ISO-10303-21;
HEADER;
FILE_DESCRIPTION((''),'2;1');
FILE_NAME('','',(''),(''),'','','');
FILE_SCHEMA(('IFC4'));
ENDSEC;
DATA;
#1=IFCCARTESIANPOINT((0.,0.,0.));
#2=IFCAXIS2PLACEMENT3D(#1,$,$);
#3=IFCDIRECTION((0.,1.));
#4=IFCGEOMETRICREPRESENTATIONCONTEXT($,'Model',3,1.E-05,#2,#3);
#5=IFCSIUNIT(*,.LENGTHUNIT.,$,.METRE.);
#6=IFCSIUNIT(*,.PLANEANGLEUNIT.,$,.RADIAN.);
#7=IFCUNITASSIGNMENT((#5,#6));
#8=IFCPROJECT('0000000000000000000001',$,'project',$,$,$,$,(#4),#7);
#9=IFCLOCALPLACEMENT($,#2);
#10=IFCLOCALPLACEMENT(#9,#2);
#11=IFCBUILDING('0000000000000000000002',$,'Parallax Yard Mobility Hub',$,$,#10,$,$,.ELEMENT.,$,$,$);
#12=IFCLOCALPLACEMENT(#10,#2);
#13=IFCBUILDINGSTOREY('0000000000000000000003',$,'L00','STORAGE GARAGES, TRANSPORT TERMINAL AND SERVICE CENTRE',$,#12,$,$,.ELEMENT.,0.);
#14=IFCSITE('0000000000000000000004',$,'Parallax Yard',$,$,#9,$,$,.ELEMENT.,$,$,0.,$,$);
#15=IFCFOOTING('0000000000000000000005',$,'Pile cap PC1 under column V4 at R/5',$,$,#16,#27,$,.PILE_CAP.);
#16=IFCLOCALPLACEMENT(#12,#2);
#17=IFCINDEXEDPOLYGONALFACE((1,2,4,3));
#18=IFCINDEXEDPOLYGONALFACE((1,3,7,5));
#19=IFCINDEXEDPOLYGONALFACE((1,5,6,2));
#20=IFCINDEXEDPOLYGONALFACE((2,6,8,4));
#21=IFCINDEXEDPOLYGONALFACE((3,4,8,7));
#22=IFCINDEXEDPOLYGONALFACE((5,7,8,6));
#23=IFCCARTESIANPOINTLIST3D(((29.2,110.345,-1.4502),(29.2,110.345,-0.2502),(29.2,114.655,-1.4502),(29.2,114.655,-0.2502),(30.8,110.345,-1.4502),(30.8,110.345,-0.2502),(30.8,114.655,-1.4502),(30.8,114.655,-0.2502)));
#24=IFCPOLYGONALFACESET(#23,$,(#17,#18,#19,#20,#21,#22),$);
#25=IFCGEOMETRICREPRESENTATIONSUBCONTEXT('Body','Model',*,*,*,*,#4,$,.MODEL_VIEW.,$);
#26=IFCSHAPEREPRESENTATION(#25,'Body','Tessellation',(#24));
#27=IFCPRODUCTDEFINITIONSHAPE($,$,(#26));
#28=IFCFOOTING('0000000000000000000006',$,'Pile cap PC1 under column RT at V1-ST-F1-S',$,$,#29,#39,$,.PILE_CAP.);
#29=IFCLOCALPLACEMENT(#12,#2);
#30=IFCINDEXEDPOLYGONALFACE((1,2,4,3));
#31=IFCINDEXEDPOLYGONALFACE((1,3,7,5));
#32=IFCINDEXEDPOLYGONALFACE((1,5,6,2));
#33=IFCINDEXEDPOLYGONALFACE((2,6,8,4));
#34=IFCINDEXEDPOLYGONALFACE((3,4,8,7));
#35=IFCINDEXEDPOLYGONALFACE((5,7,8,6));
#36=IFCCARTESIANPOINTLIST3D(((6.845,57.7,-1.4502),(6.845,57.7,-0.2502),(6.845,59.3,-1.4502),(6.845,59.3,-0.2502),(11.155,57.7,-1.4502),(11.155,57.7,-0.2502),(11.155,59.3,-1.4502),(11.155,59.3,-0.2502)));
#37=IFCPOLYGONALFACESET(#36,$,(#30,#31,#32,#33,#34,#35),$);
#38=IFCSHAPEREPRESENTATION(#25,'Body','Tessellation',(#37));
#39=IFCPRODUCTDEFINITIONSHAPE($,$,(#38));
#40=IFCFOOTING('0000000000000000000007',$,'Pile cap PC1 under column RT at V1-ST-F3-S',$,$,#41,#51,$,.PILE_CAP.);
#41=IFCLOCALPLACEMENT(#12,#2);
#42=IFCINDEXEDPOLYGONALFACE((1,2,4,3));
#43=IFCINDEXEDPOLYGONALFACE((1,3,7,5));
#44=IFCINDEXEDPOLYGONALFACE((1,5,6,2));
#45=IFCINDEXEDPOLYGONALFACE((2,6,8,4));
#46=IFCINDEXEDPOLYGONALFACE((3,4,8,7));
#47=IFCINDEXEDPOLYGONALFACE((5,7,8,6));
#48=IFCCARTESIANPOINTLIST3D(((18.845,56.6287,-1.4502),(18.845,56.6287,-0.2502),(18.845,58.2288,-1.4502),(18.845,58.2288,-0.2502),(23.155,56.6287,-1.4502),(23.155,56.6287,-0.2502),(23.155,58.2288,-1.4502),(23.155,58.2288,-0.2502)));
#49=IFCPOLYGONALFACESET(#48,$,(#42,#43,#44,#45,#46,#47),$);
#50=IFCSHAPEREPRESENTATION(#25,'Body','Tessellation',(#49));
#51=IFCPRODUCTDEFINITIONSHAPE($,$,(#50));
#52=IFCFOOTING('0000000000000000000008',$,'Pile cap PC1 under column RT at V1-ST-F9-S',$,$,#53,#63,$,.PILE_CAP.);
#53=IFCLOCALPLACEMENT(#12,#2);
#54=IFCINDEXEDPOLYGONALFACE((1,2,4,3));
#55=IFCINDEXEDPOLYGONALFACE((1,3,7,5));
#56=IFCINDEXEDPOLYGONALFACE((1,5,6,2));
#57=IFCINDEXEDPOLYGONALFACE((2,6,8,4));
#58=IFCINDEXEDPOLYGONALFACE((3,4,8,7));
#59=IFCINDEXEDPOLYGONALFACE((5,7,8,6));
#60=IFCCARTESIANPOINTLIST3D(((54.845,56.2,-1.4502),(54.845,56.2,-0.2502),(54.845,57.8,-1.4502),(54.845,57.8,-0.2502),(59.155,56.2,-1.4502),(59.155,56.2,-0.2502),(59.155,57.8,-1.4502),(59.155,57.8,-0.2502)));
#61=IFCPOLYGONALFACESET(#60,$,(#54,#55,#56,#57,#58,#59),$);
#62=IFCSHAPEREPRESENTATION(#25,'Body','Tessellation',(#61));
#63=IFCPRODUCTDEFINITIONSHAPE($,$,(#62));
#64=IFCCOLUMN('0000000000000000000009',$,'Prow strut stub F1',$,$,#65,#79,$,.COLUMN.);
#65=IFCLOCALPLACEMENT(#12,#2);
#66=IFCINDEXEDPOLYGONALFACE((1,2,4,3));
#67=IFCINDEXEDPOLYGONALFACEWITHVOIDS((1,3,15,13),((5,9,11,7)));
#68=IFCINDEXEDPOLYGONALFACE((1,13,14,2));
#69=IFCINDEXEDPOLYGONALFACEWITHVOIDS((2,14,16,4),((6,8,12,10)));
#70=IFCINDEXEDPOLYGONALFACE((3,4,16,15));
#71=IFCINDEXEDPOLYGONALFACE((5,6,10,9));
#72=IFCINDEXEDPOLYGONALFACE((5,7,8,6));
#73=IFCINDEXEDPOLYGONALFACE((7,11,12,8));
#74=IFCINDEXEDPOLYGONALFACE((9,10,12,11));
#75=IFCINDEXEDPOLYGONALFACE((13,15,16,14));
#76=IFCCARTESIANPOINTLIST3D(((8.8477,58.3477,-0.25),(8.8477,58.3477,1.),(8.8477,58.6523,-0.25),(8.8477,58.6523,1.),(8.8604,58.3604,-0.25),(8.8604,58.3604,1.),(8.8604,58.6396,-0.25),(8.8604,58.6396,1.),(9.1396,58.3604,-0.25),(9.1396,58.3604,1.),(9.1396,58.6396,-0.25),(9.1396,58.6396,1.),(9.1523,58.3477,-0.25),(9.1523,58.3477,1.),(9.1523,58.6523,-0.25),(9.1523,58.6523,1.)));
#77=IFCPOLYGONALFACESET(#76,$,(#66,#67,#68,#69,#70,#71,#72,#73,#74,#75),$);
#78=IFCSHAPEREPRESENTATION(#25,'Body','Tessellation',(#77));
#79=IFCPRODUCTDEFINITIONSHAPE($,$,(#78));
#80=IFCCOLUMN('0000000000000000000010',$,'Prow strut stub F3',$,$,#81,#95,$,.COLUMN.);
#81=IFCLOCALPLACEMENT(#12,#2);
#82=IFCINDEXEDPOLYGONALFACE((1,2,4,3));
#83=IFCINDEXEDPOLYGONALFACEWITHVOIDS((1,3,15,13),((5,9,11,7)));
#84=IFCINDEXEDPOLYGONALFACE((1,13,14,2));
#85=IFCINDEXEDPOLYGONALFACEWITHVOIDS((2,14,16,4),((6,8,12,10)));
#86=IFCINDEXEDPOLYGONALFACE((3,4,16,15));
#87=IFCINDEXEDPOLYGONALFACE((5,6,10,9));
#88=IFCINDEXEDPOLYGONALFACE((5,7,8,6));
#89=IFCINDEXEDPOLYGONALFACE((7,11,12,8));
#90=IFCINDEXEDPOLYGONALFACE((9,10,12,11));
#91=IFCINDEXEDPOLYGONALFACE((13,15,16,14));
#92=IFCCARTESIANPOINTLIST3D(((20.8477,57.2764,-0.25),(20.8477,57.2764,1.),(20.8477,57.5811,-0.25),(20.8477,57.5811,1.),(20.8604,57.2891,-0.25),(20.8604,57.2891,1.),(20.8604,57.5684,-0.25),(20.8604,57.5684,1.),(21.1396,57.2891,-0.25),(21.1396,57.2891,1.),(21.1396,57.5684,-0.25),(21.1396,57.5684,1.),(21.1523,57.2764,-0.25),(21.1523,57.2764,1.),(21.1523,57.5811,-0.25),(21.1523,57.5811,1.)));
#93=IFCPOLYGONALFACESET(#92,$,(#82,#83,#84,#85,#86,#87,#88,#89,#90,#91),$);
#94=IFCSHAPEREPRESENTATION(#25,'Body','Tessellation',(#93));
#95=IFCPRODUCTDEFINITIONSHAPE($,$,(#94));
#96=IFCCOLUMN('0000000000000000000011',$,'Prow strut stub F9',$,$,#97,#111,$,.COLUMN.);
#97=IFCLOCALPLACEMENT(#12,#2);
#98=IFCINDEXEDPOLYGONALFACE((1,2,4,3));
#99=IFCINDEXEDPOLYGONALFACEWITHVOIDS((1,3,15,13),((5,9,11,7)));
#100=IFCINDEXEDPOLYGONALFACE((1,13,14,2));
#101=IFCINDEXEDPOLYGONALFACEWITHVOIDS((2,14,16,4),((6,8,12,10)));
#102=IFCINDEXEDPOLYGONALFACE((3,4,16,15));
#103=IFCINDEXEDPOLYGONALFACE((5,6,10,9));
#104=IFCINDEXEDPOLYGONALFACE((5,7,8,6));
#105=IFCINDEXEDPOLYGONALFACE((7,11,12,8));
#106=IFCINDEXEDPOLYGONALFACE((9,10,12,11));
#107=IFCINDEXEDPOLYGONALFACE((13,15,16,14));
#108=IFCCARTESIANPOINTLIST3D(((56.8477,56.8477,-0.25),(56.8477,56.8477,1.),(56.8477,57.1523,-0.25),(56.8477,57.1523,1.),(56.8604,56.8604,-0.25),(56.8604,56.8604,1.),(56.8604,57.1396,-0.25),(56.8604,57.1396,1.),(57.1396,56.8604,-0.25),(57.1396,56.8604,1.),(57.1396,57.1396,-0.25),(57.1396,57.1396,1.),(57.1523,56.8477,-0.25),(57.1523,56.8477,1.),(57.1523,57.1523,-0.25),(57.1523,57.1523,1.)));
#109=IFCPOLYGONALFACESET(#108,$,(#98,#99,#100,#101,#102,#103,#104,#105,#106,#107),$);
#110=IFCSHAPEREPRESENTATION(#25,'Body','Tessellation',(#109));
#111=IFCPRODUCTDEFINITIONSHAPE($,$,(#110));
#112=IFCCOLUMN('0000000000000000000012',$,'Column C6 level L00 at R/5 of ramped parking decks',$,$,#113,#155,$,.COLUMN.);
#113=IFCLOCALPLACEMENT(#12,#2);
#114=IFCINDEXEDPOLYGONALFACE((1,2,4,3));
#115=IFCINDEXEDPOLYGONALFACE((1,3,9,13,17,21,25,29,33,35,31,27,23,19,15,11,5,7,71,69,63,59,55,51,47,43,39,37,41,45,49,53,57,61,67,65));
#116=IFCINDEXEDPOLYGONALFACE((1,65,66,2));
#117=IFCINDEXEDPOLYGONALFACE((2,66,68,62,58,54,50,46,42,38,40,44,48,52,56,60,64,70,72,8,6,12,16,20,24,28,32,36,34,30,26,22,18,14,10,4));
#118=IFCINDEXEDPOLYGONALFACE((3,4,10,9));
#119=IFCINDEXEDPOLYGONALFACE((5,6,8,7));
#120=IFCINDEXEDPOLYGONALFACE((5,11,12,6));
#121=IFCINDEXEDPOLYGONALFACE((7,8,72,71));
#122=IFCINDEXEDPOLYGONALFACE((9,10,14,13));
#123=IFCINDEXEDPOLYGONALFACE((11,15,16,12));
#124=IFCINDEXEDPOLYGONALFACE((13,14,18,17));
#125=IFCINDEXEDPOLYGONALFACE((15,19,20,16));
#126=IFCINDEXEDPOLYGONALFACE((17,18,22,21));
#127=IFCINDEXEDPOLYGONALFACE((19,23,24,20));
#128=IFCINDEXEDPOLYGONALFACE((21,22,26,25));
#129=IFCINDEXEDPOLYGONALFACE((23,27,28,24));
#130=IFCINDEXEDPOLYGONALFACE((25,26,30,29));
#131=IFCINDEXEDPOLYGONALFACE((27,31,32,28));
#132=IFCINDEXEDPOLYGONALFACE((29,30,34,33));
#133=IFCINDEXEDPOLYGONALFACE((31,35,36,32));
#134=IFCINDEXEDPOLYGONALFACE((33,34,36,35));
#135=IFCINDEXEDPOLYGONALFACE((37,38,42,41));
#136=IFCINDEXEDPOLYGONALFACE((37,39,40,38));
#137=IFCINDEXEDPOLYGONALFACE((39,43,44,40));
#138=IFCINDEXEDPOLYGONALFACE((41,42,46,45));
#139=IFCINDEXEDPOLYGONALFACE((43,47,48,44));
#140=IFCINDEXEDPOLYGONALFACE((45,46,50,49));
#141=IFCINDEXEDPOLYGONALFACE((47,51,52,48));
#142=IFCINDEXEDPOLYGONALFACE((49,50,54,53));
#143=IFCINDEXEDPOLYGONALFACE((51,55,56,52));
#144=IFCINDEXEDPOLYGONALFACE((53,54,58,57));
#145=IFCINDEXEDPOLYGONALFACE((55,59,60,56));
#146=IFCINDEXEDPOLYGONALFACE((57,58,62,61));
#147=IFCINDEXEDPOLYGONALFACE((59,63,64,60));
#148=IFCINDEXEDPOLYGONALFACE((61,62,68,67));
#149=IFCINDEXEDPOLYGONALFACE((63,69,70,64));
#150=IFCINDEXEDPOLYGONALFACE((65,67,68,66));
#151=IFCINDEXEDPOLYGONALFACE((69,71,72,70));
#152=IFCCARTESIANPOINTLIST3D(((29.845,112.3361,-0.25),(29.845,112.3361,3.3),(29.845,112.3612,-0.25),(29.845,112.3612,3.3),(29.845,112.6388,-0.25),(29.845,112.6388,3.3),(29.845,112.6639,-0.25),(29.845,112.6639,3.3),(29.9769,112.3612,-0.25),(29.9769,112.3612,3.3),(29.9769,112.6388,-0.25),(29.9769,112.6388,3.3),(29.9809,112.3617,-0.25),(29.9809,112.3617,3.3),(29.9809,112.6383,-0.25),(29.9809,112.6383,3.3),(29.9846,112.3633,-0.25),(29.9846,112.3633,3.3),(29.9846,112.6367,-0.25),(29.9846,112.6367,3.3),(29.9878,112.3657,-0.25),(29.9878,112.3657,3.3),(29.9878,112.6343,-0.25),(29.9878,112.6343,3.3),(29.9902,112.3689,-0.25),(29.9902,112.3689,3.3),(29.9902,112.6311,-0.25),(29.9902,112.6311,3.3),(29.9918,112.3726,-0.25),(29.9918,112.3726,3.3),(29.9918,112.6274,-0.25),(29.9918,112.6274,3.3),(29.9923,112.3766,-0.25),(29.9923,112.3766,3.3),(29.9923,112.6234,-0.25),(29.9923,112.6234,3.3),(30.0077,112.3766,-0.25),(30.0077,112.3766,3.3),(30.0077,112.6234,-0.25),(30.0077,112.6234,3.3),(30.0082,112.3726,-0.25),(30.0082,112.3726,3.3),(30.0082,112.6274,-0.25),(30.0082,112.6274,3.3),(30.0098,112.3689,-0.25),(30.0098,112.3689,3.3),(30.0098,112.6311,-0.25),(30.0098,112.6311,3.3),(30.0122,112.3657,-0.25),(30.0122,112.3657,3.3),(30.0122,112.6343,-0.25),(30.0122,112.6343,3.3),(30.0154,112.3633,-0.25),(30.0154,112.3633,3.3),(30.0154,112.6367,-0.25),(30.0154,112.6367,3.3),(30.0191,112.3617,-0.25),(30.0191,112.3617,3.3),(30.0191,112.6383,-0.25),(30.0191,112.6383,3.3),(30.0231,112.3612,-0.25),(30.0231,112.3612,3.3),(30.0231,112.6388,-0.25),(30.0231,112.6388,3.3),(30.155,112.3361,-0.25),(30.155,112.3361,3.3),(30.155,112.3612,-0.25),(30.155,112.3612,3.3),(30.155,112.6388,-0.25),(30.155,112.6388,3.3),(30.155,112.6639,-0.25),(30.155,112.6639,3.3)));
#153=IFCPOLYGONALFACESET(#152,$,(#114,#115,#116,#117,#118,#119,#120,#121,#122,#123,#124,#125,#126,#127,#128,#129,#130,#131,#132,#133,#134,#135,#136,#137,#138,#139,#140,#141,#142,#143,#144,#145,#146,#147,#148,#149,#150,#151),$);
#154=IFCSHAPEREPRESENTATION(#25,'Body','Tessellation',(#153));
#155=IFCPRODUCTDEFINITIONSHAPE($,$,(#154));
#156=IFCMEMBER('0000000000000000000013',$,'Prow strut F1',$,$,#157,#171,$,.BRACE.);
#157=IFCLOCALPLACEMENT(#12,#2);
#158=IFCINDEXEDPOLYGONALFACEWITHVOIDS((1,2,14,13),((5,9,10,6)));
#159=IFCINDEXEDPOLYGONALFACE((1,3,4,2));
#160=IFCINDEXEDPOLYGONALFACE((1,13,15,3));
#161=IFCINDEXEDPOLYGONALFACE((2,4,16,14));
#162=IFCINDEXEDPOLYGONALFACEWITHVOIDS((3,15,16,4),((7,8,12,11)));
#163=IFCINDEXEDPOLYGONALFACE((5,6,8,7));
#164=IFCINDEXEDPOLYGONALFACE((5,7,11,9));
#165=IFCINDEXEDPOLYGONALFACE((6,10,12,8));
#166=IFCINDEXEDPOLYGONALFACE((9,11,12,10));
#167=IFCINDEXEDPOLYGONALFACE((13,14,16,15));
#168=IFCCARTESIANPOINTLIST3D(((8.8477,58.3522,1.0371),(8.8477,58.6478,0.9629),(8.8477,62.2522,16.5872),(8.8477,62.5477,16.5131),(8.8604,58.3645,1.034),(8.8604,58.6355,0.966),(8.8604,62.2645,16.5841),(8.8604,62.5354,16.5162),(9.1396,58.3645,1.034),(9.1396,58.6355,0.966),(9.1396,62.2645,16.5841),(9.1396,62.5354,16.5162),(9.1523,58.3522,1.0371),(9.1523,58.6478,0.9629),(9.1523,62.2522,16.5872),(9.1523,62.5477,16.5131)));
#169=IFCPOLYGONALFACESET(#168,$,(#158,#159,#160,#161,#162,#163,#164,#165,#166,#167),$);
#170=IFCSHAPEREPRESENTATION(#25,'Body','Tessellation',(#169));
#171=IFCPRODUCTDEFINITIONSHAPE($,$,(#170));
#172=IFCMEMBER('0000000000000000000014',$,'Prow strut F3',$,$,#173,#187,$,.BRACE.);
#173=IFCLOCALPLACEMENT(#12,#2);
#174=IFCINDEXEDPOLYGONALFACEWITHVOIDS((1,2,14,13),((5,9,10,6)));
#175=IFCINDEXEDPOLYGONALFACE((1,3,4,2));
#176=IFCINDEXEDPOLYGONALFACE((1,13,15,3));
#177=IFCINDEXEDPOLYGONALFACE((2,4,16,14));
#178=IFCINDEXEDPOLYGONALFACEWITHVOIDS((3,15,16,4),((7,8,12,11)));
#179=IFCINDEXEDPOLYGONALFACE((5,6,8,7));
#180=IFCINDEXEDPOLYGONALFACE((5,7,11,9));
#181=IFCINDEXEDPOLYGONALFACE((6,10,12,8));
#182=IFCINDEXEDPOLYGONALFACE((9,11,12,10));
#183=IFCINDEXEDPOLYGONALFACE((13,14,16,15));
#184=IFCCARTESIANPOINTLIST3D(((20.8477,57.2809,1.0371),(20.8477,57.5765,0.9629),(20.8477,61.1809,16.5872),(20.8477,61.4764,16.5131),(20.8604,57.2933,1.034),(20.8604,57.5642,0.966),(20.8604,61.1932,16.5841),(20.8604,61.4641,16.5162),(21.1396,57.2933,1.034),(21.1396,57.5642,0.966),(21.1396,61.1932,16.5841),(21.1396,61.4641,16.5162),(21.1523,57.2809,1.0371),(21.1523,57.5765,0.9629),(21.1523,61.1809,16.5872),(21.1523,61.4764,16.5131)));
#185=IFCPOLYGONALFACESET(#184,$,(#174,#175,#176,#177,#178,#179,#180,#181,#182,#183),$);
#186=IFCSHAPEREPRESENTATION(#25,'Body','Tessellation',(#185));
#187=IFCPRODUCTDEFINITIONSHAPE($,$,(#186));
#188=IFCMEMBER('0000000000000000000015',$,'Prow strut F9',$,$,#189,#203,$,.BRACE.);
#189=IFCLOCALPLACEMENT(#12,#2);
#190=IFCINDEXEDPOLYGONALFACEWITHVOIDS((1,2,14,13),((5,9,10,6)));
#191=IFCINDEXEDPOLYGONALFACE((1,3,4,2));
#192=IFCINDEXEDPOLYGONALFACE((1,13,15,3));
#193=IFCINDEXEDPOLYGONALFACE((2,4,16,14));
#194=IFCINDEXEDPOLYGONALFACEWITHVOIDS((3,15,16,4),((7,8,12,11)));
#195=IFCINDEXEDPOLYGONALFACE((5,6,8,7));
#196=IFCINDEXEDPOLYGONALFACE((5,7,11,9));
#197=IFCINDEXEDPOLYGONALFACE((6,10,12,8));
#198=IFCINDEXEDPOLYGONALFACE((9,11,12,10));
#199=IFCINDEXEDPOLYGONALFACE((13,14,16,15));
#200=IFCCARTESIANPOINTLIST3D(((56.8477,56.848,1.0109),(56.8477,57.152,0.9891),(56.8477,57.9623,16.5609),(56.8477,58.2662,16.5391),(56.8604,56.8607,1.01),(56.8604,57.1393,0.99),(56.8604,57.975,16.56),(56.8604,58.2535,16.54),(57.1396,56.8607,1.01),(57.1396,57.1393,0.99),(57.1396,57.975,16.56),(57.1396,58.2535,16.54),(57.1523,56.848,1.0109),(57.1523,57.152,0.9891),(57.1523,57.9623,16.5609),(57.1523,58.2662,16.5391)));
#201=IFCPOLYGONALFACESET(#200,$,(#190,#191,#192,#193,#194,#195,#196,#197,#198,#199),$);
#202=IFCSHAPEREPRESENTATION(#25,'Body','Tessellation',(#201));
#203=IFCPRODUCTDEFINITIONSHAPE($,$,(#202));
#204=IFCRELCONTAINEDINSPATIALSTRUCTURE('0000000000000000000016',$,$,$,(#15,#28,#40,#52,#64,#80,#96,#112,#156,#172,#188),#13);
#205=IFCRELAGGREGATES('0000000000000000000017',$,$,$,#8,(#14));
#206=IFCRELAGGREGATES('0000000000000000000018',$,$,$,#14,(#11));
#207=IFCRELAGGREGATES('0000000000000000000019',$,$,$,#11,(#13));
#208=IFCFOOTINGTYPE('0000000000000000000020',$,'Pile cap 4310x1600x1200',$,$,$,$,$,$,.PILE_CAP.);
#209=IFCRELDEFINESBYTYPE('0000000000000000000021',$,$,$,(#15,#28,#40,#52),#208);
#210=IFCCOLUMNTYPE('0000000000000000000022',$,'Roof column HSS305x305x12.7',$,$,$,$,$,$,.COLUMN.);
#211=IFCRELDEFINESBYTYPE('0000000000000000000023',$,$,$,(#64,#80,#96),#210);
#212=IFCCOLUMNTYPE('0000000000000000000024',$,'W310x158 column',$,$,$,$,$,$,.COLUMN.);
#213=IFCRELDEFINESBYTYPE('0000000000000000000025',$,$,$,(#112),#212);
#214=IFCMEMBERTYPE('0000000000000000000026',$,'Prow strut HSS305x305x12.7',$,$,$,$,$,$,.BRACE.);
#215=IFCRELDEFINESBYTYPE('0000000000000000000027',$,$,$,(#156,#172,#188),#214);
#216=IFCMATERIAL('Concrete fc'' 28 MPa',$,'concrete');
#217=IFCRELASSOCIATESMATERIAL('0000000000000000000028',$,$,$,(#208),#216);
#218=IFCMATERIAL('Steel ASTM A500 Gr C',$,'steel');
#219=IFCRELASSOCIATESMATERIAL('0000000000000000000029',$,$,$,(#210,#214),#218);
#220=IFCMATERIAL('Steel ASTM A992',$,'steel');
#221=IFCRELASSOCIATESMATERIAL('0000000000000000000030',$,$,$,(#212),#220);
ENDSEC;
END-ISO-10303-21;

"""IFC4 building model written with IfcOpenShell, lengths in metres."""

from ifc_helpers import new_model, si_unit, direction, frame, origin, origin_2d, place, context, subcontext, project, spatial, rectangle, hollow_rectangle, i_section, extrude, material, material_profile, profile_set, type_object, element, save


model = new_model("IFC4")

# Units and contexts
model_context = context("Model", 3, precision=1e-05, world=origin(), true_north=direction((0.0, 1.0)))
body_context = subcontext(model_context, "Body", "Model", "MODEL_VIEW")
ifc_project = project(units=[si_unit("LENGTHUNIT", "METRE"), si_unit("PLANEANGLEUNIT", "RADIAN")], contexts=[model_context])

# Site, building, storey
site_placement = place(None, origin())
site = spatial("IfcSite", under=ifc_project, at=site_placement, Name="Parallax Yard", CompositionType="ELEMENT", RefElevation=0.0)
building_placement = place(site_placement, origin())
building = spatial("IfcBuilding", under=site, at=building_placement, Name="Parallax Yard Mobility Hub", CompositionType="ELEMENT")
storey_placement = place(building_placement, origin())
storey = spatial("IfcBuildingStorey", under=building, at=storey_placement, Name="L00", Description="STORAGE GARAGES, TRANSPORT TERMINAL AND SERVICE CENTRE", CompositionType="ELEMENT", Elevation=0.0)

# Shared definitions
ifc_material_1 = material(Name="Concrete fc' 28 MPa", Category="concrete")

# Footings
footing_type_1 = type_object("IfcFootingType", Name="Pile cap 4310x1600x1200", PredefinedType="PILE_CAP", material=ifc_material_1)
for number, where, z_axis, x_axis, name in (
    (1, (30.0, 112.5, -1.4502), (0.0, 0.0, 1.0), (0.0, 1.0, 0.0), "Pile cap PC1 under column V4 at R/5"),
    (2, (9.0, 58.5, -1.4502), (0.0, 0.0, 1.0), (1.0, 0.0, 0.0), "Pile cap PC1 under column RT at V1-ST-F1-S"),
    (3, (21.0, 57.4287, -1.4502), (0.0, 0.0, 1.0), (1.0, 0.0, 0.0), "Pile cap PC1 under column RT at V1-ST-F3-S"),
    (4, (57.0, 57.0, -1.4502), (0.0, 0.0, 1.0), (1.0, 0.0, 0.0), "Pile cap PC1 under column RT at V1-ST-F9-S"),
):
    element("IfcFooting", number, at=place(storey_placement, frame(where, z_axis=z_axis, x_axis=x_axis)), inside=storey, type_object=footing_type_1, Name=name, PredefinedType="PILE_CAP", context=body_context, shape_type="SweptSolid", body=[
        extrude(rectangle(XDim=4.3101, YDim=1.6001, at=origin_2d()), origin(), (0.0, 0.0, 1.0), 1.2),
    ])

# Columns
ifc_material_2 = material(Name="Steel ASTM A500 Gr C", Category="steel")
ifc_material_profile_1 = material_profile(ifc_material_2, hollow_rectangle(XDim=0.3047, YDim=0.3047, WallThickness=0.0127, at=origin_2d()), Name="HSS305x305x12.7")
ifc_profile_set_1 = profile_set([ifc_material_profile_1], Name="Steel ASTM A500 Gr C")
column_type_1 = type_object("IfcColumnType", Name="Roof column HSS305x305x12.7", PredefinedType="COLUMN", material=ifc_profile_set_1)
for number, where, z_axis, x_axis, name in (
    (5, (9.0, 58.5, -0.25), (0.0, 0.0, 1.0), (1.0, 0.0, 0.0), "Prow strut stub F1"),
    (6, (21.0, 57.4287, -0.25), (0.0, 0.0, 1.0), (1.0, 0.0, 0.0), "Prow strut stub F3"),
    (7, (57.0, 57.0, -0.25), (0.0, 0.0, 1.0), (1.0, 0.0, 0.0), "Prow strut stub F9"),
):
    element("IfcColumn", number, at=place(storey_placement, frame(where, z_axis=z_axis, x_axis=x_axis)), inside=storey, type_object=column_type_1, Name=name, PredefinedType="COLUMN", context=body_context, shape_type="SweptSolid", body=[
        extrude(hollow_rectangle(XDim=0.3047, YDim=0.3047, WallThickness=0.0127, at=origin_2d()), origin(), (0.0, 0.0, 1.0), 1.25),
    ])
ifc_material_3 = material(Name="Steel ASTM A992", Category="steel")
ifc_material_profile_2 = material_profile(ifc_material_3, i_section(OverallWidth=0.3101, OverallDepth=0.3279, WebThickness=0.0154, FlangeThickness=0.0251, FilletRadius=0.0154, at=origin_2d()), Name="W310x158")
ifc_profile_set_2 = profile_set([ifc_material_profile_2], Name="Steel ASTM A992")
column_type_2 = type_object("IfcColumnType", Name="W310x158 column", PredefinedType="COLUMN", material=ifc_profile_set_2)
column_placement = place(storey_placement, frame((30.0, 112.5, -0.25), z_axis=(0.0, 0.0, 1.0), x_axis=(1.0, 0.0, 0.0)))
element("IfcColumn", 8, at=column_placement, inside=storey, type_object=column_type_2, Name="Column C6 level L00 at R/5 of ramped parking decks", PredefinedType="COLUMN", context=body_context, shape_type="SweptSolid", body=[
    extrude(i_section(OverallWidth=0.3101, OverallDepth=0.3279, WebThickness=0.0154, FlangeThickness=0.0251, FilletRadius=0.0154, at=origin_2d()), origin(), (0.0, 0.0, 1.0), 3.55),
])

# Members
ifc_material_profile_3 = material_profile(ifc_material_2, hollow_rectangle(XDim=0.3047, YDim=0.3047, WallThickness=0.0127, at=origin_2d()), Name="HSS305x305x12.7")
ifc_profile_set_3 = profile_set([ifc_material_profile_3], Name="Steel ASTM A500 Gr C")
member_type = type_object("IfcMemberType", Name="Prow strut HSS305x305x12.7", PredefinedType="BRACE", material=ifc_profile_set_3)
for number, where, z_axis, x_axis, name in (
    (9, (9.0, 58.5, 1.0), (0.0, 0.243263, 0.96996), (-1.0, 0.0, 0.0), "Prow strut F1"),
    (10, (21.0, 57.4287, 1.0), (0.0, 0.243263, 0.96996), (-1.0, 0.0, 0.0), "Prow strut F3"),
):
    element("IfcMember", number, at=place(storey_placement, frame(where, z_axis=z_axis, x_axis=x_axis)), inside=storey, type_object=member_type, Name=name, PredefinedType="BRACE", context=body_context, shape_type="SweptSolid", body=[
        extrude(hollow_rectangle(XDim=0.3047, YDim=0.3047, WallThickness=0.0127, at=origin_2d()), origin(), (0.0, 0.0, 1.0), 16.0317),
    ])
member_placement = place(storey_placement, frame((57.0, 57.0, 1.0), z_axis=(0.0, 0.071473, 0.997443), x_axis=(-1.0, 0.0, 0.0)))
element("IfcMember", 11, at=member_placement, inside=storey, type_object=member_type, Name="Prow strut F9", PredefinedType="BRACE", context=body_context, shape_type="SweptSolid", body=[
    extrude(hollow_rectangle(XDim=0.3047, YDim=0.3047, WallThickness=0.0127, at=origin_2d()), origin(), (0.0, 0.0, 1.0), 15.5898),
])

save(model, "model.ifc")
